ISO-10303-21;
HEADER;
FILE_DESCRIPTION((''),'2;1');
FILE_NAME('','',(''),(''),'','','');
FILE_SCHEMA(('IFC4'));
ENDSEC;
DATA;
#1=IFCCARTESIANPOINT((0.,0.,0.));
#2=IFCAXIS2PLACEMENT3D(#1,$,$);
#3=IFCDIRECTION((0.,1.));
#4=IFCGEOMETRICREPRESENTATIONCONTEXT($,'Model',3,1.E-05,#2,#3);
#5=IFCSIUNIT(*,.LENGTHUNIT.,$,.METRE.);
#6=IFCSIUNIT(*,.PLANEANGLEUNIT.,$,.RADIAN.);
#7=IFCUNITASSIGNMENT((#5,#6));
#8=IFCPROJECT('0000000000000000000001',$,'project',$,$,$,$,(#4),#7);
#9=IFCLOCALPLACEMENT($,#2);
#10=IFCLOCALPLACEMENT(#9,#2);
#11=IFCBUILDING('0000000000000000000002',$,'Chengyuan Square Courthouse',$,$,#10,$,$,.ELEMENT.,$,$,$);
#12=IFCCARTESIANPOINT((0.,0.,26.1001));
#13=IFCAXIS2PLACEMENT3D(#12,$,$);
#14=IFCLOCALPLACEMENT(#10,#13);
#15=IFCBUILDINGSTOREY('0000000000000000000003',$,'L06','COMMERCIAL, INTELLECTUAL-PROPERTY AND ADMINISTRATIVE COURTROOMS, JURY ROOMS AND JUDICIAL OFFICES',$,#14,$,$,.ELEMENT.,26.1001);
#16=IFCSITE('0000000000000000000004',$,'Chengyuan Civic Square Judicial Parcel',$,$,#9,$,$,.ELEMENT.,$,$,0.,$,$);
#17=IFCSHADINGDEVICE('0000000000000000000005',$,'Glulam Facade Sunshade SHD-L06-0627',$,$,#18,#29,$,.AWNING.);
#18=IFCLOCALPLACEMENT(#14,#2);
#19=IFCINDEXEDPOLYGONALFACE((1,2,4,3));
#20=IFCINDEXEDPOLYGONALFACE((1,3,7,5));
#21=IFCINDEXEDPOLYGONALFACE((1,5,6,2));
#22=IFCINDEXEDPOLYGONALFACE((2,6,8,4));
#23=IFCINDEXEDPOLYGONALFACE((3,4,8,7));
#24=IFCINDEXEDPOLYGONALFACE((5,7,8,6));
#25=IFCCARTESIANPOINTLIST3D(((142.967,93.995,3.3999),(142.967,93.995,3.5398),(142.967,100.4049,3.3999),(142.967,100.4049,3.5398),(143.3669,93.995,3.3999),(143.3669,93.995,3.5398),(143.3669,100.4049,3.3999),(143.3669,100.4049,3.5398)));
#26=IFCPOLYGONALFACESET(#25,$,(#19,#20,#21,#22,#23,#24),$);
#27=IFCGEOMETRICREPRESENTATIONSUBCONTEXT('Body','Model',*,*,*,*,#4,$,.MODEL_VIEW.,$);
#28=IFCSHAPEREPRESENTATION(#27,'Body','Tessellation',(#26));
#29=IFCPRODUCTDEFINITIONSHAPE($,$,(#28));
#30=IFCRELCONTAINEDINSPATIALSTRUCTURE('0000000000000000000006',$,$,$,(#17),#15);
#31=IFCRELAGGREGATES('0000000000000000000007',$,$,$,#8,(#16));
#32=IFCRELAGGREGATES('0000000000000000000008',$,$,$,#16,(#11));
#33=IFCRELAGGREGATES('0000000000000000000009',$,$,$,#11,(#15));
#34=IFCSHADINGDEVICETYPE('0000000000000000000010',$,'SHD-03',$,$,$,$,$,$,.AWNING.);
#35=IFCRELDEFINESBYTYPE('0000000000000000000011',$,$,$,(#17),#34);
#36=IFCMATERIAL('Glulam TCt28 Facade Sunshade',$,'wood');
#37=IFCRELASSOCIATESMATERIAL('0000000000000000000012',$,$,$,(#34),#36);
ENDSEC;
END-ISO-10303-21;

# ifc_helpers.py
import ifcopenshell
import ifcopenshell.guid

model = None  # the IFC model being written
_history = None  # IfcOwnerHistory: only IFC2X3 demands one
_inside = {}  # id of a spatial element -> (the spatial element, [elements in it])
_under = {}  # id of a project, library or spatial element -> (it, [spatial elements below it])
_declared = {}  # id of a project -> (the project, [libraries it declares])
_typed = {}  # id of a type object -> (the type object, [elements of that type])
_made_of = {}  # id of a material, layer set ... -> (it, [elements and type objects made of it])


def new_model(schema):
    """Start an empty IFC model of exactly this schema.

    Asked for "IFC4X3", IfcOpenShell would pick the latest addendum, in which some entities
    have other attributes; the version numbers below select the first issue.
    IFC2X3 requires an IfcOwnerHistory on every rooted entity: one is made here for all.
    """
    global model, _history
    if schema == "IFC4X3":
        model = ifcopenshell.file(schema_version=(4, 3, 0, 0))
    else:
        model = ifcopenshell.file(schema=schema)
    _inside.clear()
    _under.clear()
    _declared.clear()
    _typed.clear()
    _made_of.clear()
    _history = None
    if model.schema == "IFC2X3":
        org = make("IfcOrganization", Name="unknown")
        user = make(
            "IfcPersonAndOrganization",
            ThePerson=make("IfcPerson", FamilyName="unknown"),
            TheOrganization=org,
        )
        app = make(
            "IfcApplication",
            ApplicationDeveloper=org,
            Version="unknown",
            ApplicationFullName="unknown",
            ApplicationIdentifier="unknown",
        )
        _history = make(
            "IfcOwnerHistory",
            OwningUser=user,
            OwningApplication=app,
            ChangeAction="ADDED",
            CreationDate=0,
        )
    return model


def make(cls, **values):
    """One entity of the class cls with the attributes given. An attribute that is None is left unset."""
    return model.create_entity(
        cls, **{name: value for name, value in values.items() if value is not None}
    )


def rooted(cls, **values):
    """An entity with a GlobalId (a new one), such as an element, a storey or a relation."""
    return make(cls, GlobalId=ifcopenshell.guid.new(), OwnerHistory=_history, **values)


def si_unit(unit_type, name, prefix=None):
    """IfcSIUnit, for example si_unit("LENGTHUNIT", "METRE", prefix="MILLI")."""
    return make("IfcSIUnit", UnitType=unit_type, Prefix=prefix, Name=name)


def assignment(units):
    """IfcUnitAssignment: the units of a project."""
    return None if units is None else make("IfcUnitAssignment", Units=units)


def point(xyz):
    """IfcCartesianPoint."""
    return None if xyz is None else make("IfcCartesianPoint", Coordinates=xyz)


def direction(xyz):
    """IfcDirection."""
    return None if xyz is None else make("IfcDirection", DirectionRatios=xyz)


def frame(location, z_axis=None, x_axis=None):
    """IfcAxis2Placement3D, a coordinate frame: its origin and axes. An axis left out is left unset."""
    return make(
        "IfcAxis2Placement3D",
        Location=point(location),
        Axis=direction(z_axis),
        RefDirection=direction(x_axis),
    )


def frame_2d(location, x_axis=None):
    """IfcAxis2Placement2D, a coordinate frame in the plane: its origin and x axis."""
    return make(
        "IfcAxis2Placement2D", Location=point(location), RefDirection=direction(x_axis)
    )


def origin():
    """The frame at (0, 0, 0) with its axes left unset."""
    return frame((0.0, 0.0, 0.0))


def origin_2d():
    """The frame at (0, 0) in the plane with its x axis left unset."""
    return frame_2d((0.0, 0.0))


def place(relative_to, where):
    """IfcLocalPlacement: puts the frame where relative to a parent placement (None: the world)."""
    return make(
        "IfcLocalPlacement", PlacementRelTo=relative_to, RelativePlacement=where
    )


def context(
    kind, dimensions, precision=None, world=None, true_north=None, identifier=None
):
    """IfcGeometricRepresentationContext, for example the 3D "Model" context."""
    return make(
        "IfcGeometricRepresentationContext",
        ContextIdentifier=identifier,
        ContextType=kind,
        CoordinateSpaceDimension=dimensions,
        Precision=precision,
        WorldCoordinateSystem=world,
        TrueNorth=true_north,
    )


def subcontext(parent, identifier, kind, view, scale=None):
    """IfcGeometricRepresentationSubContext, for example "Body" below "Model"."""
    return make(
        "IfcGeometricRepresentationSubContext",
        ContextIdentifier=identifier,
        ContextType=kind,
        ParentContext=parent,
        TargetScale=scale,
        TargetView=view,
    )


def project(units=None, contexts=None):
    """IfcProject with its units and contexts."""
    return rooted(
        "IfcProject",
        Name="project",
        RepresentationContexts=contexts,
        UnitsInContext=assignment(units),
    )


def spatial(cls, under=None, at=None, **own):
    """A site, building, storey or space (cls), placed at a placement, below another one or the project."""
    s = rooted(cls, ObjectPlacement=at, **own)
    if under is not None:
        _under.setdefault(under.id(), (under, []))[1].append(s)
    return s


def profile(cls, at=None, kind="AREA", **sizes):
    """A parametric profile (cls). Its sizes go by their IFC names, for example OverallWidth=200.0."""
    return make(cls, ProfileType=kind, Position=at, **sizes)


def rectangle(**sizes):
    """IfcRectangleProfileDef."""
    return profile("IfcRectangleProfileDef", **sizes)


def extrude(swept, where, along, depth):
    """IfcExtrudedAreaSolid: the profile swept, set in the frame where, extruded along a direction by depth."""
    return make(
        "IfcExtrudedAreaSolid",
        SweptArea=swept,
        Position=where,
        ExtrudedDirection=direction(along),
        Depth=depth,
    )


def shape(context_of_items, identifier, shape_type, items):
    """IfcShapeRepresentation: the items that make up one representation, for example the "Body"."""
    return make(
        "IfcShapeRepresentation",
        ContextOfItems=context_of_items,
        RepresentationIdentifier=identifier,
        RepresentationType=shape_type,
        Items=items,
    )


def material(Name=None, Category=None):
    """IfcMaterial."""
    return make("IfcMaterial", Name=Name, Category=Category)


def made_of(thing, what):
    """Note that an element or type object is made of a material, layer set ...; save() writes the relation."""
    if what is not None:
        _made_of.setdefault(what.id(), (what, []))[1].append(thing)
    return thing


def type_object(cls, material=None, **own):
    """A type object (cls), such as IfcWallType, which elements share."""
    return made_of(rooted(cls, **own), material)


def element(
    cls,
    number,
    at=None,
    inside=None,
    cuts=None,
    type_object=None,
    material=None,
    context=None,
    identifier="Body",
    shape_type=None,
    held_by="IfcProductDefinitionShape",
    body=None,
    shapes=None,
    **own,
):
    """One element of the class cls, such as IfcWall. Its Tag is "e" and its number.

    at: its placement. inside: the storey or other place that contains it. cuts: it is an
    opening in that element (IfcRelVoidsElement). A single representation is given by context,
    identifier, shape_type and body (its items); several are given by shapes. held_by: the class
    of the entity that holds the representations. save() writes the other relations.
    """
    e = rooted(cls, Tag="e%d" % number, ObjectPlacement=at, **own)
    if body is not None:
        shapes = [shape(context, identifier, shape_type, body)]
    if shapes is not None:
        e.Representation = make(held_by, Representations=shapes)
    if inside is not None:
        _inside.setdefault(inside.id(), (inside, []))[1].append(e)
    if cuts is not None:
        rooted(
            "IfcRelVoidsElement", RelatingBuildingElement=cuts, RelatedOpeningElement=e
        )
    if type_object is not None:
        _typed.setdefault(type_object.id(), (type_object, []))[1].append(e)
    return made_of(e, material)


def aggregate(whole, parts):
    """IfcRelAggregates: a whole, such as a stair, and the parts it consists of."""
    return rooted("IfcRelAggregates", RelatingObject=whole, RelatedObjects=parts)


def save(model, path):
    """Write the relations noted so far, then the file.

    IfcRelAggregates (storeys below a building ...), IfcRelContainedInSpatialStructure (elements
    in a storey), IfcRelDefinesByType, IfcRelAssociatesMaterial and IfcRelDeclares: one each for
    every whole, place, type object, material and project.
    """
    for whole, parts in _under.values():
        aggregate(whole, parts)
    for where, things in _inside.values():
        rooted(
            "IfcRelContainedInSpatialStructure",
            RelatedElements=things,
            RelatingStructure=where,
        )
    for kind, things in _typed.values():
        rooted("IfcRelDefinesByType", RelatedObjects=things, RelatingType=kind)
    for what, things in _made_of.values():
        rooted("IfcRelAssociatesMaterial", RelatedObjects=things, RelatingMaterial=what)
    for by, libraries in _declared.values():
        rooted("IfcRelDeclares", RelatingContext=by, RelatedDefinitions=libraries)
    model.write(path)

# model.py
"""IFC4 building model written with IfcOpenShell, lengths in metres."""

from ifc_helpers import new_model, si_unit, direction, frame, origin, origin_2d, place, context, subcontext, project, spatial, rectangle, extrude, material, type_object, element, save


model = new_model("IFC4")

# Units and contexts
model_context = context("Model", 3, precision=1e-05, world=origin(), true_north=direction((0.0, 1.0)))
body_context = subcontext(model_context, "Body", "Model", "MODEL_VIEW")
ifc_project = project(units=[si_unit("LENGTHUNIT", "METRE"), si_unit("PLANEANGLEUNIT", "RADIAN")], contexts=[model_context])

# Site, building, storey
site_placement = place(None, origin())
site = spatial("IfcSite", under=ifc_project, at=site_placement, Name="Chengyuan Civic Square Judicial Parcel", CompositionType="ELEMENT", RefElevation=0.0)
building_placement = place(site_placement, origin())
building = spatial("IfcBuilding", under=site, at=building_placement, Name="Chengyuan Square Courthouse", CompositionType="ELEMENT")
storey_placement = place(building_placement, frame((0.0, 0.0, 26.1001)))
storey = spatial("IfcBuildingStorey", under=building, at=storey_placement, Name="L06", Description="COMMERCIAL, INTELLECTUAL-PROPERTY AND ADMINISTRATIVE COURTROOMS, JURY ROOMS AND JUDICIAL OFFICES", CompositionType="ELEMENT", Elevation=26.1001)

# Shading device
ifc_material_1 = material(Name="Glulam TCt28 Facade Sunshade", Category="wood")
shading_device_type = type_object("IfcShadingDeviceType", Name="SHD-03", PredefinedType="AWNING", material=ifc_material_1)
shading_device_placement = place(storey_placement, frame((143.167, 97.2, 3.3999), z_axis=(0.0, 0.0, 1.0), x_axis=(0.0, 1.0, 0.0)))
element("IfcShadingDevice", 1, at=shading_device_placement, inside=storey, type_object=shading_device_type, Name="Glulam Facade Sunshade SHD-L06-0627", PredefinedType="AWNING", context=body_context, shape_type="SweptSolid", body=[
    extrude(rectangle(XDim=6.4099, YDim=0.3999, at=origin_2d()), origin(), (0.0, 0.0, 1.0), 0.1399),
])

save(model, "model.ifc")
